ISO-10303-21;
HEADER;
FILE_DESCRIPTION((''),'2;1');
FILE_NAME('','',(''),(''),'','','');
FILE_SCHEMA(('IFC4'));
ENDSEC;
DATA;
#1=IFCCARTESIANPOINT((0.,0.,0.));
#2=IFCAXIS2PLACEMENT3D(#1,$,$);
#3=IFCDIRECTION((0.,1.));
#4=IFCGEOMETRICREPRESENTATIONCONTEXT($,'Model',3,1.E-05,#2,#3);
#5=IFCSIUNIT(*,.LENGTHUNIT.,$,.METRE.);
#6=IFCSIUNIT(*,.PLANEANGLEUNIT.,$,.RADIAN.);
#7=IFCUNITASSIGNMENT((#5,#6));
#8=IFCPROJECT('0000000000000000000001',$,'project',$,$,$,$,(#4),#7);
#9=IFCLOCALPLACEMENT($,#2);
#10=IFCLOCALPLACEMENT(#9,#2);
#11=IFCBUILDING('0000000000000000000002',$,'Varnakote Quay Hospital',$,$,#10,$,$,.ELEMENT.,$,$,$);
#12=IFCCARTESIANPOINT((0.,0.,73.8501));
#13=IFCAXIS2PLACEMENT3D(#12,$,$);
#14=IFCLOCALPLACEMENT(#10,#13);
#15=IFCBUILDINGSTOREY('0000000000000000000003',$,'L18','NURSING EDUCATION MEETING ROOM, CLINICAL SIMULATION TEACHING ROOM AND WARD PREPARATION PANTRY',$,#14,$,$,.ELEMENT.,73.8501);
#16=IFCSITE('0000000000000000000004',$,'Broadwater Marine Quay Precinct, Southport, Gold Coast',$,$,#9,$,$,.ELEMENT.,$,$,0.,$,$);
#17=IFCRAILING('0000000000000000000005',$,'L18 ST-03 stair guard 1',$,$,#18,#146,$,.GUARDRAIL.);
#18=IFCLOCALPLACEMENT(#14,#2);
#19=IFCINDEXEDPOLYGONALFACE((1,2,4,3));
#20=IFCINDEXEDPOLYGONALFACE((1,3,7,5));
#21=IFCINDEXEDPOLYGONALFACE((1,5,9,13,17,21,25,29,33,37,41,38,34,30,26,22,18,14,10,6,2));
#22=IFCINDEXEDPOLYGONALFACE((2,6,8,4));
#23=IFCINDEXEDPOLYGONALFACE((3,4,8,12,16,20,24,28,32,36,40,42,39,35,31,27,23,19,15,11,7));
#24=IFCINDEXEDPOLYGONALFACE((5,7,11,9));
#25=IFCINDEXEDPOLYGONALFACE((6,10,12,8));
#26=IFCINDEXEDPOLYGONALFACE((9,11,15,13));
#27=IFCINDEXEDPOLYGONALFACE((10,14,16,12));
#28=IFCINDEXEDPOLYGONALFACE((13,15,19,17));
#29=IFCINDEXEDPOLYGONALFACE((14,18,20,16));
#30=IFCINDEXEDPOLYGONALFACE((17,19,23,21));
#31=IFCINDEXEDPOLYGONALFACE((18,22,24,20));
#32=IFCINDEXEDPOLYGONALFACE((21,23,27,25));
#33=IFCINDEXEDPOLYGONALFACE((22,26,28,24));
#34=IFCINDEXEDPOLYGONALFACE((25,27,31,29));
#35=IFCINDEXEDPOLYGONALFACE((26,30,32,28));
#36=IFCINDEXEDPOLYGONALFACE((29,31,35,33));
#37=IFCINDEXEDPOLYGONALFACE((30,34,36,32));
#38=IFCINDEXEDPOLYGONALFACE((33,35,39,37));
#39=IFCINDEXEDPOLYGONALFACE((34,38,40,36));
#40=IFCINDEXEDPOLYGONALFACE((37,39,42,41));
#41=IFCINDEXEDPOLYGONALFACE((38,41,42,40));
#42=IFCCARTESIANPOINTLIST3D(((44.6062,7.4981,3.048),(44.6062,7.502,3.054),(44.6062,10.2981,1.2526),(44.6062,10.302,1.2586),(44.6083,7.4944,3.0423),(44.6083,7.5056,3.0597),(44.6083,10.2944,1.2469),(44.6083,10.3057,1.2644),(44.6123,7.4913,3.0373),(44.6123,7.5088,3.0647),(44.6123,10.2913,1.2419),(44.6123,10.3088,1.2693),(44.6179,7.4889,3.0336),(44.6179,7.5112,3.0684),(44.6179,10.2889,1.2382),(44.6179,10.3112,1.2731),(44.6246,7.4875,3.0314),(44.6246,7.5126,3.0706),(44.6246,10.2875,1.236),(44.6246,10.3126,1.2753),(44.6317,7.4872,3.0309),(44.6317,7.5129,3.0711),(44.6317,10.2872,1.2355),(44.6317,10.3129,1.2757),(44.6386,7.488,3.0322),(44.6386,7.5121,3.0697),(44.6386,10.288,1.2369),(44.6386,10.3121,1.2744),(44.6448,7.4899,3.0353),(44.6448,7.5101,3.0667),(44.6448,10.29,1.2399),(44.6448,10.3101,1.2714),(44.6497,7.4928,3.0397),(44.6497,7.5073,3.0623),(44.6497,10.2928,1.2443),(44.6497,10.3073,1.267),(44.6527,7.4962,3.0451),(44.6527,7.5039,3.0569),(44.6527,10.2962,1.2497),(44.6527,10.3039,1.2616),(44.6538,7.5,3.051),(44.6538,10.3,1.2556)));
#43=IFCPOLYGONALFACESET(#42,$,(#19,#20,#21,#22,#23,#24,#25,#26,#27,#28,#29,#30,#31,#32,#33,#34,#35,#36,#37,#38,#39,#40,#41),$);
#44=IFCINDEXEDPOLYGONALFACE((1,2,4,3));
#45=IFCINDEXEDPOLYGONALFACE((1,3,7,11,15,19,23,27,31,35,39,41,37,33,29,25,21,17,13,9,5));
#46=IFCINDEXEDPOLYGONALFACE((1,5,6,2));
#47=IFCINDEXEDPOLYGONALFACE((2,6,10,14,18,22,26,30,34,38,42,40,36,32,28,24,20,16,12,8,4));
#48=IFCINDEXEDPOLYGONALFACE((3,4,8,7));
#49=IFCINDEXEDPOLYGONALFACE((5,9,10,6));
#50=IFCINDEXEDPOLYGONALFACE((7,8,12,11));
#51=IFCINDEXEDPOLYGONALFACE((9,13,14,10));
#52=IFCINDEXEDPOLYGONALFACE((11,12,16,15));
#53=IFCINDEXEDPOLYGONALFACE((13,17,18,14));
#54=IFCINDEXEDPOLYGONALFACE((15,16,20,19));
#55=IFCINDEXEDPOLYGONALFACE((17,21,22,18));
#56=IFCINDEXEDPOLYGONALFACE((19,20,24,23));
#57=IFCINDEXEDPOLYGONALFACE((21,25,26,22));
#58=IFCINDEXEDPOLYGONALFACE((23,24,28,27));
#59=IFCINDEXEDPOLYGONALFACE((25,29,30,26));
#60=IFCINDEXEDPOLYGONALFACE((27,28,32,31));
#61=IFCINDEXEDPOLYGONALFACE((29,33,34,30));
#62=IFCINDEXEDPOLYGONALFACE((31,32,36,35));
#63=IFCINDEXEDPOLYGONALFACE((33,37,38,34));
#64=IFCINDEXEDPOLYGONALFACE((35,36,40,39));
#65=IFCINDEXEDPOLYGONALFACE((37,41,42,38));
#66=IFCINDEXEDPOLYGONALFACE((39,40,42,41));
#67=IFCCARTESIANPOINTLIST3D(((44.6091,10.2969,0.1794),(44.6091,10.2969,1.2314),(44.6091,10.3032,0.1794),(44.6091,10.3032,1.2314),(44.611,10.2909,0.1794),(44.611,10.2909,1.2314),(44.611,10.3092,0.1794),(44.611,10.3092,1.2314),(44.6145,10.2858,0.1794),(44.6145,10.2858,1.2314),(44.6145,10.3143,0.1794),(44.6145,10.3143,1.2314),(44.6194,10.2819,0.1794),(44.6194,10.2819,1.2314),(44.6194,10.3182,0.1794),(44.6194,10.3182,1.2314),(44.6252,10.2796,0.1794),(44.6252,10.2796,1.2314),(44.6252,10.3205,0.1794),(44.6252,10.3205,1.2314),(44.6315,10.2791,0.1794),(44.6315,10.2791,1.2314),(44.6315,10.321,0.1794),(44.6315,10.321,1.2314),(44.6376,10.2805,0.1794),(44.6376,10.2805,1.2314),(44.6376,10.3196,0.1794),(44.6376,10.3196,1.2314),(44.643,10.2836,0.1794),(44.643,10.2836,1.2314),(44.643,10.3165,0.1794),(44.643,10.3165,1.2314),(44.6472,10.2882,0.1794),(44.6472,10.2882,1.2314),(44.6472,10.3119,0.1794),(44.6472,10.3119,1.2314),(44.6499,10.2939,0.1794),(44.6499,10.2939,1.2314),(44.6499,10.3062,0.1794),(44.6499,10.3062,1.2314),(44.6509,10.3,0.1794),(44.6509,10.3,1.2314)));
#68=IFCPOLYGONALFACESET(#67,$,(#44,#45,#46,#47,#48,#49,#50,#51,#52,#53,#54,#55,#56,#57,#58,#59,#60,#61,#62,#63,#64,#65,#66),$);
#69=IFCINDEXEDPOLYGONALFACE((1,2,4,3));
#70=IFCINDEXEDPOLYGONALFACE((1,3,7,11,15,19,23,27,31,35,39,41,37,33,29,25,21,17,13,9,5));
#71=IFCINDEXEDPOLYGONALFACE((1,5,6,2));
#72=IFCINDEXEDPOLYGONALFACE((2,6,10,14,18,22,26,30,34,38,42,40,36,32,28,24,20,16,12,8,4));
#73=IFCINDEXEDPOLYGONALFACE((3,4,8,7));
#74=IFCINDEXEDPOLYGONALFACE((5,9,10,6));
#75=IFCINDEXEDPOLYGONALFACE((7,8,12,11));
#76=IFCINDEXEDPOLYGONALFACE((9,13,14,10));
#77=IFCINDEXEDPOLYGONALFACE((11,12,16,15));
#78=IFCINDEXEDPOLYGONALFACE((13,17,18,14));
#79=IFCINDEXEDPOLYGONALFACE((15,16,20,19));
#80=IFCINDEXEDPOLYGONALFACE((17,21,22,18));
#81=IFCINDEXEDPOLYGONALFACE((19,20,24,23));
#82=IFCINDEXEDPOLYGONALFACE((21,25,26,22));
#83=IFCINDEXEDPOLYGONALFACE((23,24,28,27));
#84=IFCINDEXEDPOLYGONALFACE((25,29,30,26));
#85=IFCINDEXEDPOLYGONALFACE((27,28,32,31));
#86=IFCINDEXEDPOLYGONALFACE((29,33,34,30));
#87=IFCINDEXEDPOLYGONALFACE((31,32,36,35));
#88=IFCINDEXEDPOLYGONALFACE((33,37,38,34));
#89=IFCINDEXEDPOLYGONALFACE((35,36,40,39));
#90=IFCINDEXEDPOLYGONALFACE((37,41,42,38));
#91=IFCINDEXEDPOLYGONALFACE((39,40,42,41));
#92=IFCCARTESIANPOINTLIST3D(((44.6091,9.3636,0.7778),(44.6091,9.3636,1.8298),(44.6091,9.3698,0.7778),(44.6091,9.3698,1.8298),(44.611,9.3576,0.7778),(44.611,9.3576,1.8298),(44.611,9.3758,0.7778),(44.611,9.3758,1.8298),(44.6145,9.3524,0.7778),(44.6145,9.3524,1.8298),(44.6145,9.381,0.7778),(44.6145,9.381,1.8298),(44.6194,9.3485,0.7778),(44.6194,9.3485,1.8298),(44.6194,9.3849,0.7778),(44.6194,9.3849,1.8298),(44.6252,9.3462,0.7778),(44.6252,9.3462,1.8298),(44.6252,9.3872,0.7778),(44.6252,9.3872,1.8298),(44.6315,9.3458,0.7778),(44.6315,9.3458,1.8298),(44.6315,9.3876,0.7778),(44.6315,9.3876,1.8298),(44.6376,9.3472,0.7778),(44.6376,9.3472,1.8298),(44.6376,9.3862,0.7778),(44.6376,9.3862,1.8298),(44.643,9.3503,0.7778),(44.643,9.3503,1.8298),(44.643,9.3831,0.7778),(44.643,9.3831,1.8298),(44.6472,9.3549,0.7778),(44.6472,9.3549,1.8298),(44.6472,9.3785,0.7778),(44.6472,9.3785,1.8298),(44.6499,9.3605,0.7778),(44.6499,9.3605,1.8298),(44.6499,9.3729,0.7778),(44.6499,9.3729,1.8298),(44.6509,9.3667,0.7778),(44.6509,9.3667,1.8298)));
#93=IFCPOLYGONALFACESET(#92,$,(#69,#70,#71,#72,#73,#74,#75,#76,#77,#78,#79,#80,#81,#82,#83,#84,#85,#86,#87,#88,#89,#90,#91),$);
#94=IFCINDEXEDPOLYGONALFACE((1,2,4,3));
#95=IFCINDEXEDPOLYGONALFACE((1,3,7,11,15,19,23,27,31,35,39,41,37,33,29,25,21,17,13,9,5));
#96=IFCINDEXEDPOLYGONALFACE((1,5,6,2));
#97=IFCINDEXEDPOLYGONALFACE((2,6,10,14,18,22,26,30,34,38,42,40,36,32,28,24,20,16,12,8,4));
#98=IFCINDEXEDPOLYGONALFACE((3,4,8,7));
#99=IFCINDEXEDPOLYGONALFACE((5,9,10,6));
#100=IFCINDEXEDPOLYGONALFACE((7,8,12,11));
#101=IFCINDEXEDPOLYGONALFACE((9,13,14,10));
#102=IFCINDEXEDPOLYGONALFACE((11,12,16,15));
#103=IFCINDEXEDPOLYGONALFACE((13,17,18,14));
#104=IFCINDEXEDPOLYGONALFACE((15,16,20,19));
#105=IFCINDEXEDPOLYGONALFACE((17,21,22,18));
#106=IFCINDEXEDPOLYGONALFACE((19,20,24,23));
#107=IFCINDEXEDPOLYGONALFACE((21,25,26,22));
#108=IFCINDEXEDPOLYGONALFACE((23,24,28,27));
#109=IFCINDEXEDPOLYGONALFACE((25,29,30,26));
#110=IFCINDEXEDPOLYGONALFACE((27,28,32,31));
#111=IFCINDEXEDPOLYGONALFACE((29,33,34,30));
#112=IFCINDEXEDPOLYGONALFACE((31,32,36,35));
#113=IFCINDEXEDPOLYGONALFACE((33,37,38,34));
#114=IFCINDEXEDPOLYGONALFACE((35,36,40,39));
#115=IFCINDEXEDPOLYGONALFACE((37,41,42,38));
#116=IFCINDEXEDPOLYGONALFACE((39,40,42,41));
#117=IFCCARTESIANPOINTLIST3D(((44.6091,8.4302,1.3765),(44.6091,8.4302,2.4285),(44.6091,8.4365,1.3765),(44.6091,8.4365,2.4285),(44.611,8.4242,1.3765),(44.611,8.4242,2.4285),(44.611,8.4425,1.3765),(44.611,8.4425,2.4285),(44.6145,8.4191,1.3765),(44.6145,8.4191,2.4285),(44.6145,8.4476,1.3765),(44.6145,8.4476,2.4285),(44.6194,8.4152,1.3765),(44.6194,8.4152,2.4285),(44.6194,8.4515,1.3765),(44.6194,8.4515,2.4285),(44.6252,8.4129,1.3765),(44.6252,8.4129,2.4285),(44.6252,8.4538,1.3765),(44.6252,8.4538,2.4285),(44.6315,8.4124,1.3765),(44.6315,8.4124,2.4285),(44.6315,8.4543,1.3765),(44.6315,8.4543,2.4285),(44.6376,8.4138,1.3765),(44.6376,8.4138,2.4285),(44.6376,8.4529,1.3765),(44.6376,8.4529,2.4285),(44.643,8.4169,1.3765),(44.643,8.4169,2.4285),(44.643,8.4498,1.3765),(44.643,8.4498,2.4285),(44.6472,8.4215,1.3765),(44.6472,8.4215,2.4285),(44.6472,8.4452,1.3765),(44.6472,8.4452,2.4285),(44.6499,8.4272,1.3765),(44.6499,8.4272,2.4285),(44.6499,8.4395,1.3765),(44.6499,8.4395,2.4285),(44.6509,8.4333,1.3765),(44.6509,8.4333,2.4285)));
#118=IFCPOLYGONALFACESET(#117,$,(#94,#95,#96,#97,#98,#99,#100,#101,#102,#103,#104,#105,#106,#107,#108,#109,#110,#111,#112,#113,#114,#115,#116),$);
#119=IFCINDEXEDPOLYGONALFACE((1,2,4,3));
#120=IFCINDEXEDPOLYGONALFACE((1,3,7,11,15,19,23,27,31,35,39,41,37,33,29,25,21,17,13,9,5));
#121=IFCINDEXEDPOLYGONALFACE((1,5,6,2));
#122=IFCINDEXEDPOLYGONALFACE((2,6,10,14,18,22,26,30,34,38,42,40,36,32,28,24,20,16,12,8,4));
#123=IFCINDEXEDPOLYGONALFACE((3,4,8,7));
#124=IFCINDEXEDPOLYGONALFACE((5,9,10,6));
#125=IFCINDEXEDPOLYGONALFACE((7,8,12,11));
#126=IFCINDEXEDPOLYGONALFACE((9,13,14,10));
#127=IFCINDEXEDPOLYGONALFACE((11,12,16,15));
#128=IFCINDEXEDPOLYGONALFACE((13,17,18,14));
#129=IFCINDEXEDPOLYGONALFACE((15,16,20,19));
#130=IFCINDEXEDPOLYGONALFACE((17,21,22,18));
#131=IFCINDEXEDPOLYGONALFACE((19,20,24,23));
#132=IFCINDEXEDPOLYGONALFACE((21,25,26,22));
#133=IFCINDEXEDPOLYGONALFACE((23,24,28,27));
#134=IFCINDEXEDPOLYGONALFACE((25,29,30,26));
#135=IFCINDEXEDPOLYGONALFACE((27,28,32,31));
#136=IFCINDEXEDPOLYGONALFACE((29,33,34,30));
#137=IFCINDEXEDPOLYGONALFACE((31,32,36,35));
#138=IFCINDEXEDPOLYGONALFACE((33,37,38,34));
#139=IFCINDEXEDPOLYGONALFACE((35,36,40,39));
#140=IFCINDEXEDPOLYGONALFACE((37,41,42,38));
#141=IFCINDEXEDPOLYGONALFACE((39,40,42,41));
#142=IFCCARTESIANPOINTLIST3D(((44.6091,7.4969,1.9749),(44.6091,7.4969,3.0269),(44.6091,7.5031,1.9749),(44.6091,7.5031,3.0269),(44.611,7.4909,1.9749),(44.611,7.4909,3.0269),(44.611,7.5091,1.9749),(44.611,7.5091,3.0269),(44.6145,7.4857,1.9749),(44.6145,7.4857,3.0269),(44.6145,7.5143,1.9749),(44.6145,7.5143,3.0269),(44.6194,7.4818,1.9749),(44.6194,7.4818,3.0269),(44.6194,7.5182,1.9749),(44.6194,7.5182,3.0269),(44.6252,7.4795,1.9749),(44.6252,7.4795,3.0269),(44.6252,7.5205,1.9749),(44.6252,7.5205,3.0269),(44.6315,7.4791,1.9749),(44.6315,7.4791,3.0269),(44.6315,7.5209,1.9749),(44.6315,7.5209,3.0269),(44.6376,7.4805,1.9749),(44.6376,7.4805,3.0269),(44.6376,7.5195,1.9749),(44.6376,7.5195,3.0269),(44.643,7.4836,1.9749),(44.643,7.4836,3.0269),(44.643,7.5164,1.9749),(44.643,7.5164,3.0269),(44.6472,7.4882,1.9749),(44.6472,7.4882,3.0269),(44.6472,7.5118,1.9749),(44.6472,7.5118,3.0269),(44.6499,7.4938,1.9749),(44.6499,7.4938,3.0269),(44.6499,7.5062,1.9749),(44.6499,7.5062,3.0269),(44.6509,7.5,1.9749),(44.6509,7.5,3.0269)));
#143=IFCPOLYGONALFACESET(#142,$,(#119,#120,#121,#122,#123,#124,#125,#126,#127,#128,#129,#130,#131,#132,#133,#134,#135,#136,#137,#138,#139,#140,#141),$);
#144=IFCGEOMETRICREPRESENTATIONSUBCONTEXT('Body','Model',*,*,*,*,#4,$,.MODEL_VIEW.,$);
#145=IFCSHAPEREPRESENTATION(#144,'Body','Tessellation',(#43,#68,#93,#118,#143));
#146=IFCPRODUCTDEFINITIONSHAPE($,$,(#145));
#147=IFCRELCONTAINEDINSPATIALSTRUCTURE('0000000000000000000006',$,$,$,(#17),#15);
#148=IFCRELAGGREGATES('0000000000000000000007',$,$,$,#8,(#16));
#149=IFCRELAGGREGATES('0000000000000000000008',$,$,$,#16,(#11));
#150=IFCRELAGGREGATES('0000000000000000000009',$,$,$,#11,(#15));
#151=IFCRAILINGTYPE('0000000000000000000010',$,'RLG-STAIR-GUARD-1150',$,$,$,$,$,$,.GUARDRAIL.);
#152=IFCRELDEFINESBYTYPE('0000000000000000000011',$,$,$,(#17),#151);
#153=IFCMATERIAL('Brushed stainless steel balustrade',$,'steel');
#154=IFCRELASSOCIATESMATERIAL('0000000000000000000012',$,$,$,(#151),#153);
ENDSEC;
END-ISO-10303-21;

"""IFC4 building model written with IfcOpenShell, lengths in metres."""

from ifc_helpers import new_model, si_unit, direction, frame, origin, origin_2d, place, context, subcontext, project, spatial, circle, extrude, material, type_object, element, save


model = new_model("IFC4")

# Units and contexts
model_context = context("Model", 3, precision=1e-05, world=origin(), true_north=direction((0.0, 1.0)))
body_context = subcontext(model_context, "Body", "Model", "MODEL_VIEW")
ifc_project = project(units=[si_unit("LENGTHUNIT", "METRE"), si_unit("PLANEANGLEUNIT", "RADIAN")], contexts=[model_context])

# Site, building, storey
site_placement = place(None, origin())
site = spatial("IfcSite", under=ifc_project, at=site_placement, Name="Broadwater Marine Quay Precinct, Southport, Gold Coast", CompositionType="ELEMENT", RefElevation=0.0)
building_placement = place(site_placement, origin())
building = spatial("IfcBuilding", under=site, at=building_placement, Name="Varnakote Quay Hospital", CompositionType="ELEMENT")
storey_placement = place(building_placement, frame((0.0, 0.0, 73.8501)))
storey = spatial("IfcBuildingStorey", under=building, at=storey_placement, Name="L18", Description="NURSING EDUCATION MEETING ROOM, CLINICAL SIMULATION TEACHING ROOM AND WARD PREPARATION PANTRY", CompositionType="ELEMENT", Elevation=73.8501)

# Railing
ifc_material_1 = material(Name="Brushed stainless steel balustrade", Category="steel")
railing_type_1 = type_object("IfcRailingType", Name="RLG-STAIR-GUARD-1150", PredefinedType="GUARDRAIL", material=ifc_material_1)
railing_1_placement = place(storey_placement, frame((44.6299, 10.3, 0.1794)))
element("IfcRailing", 1, at=railing_1_placement, inside=storey, type_object=railing_type_1, Name="L18 ST-03 stair guard 1", PredefinedType="GUARDRAIL", context=body_context, shape_type="SweptSolid", body=[
    extrude(circle(Radius=0.0239, at=origin_2d()), frame((0.0, 0.0, 1.0762), z_axis=(0.0, -0.84181, 0.539774), x_axis=(1.0, 0.0, 0.0)), (0.0, 0.0, 1.0), 3.3262),
    extrude(circle(Radius=0.021, at=origin_2d()), origin(), (0.0, 0.0, 1.0), 1.052),
    extrude(circle(Radius=0.021, at=origin_2d()), frame((0.0, -0.9333, 0.5984)), (0.0, 0.0, 1.0), 1.052),
    extrude(circle(Radius=0.021, at=origin_2d()), frame((0.0, -1.8667, 1.197)), (0.0, 0.0, 1.0), 1.052),
    extrude(circle(Radius=0.021, at=origin_2d()), frame((0.0, -2.8, 1.7954)), (0.0, 0.0, 1.0), 1.052),
])

save(model, "model.ifc")
